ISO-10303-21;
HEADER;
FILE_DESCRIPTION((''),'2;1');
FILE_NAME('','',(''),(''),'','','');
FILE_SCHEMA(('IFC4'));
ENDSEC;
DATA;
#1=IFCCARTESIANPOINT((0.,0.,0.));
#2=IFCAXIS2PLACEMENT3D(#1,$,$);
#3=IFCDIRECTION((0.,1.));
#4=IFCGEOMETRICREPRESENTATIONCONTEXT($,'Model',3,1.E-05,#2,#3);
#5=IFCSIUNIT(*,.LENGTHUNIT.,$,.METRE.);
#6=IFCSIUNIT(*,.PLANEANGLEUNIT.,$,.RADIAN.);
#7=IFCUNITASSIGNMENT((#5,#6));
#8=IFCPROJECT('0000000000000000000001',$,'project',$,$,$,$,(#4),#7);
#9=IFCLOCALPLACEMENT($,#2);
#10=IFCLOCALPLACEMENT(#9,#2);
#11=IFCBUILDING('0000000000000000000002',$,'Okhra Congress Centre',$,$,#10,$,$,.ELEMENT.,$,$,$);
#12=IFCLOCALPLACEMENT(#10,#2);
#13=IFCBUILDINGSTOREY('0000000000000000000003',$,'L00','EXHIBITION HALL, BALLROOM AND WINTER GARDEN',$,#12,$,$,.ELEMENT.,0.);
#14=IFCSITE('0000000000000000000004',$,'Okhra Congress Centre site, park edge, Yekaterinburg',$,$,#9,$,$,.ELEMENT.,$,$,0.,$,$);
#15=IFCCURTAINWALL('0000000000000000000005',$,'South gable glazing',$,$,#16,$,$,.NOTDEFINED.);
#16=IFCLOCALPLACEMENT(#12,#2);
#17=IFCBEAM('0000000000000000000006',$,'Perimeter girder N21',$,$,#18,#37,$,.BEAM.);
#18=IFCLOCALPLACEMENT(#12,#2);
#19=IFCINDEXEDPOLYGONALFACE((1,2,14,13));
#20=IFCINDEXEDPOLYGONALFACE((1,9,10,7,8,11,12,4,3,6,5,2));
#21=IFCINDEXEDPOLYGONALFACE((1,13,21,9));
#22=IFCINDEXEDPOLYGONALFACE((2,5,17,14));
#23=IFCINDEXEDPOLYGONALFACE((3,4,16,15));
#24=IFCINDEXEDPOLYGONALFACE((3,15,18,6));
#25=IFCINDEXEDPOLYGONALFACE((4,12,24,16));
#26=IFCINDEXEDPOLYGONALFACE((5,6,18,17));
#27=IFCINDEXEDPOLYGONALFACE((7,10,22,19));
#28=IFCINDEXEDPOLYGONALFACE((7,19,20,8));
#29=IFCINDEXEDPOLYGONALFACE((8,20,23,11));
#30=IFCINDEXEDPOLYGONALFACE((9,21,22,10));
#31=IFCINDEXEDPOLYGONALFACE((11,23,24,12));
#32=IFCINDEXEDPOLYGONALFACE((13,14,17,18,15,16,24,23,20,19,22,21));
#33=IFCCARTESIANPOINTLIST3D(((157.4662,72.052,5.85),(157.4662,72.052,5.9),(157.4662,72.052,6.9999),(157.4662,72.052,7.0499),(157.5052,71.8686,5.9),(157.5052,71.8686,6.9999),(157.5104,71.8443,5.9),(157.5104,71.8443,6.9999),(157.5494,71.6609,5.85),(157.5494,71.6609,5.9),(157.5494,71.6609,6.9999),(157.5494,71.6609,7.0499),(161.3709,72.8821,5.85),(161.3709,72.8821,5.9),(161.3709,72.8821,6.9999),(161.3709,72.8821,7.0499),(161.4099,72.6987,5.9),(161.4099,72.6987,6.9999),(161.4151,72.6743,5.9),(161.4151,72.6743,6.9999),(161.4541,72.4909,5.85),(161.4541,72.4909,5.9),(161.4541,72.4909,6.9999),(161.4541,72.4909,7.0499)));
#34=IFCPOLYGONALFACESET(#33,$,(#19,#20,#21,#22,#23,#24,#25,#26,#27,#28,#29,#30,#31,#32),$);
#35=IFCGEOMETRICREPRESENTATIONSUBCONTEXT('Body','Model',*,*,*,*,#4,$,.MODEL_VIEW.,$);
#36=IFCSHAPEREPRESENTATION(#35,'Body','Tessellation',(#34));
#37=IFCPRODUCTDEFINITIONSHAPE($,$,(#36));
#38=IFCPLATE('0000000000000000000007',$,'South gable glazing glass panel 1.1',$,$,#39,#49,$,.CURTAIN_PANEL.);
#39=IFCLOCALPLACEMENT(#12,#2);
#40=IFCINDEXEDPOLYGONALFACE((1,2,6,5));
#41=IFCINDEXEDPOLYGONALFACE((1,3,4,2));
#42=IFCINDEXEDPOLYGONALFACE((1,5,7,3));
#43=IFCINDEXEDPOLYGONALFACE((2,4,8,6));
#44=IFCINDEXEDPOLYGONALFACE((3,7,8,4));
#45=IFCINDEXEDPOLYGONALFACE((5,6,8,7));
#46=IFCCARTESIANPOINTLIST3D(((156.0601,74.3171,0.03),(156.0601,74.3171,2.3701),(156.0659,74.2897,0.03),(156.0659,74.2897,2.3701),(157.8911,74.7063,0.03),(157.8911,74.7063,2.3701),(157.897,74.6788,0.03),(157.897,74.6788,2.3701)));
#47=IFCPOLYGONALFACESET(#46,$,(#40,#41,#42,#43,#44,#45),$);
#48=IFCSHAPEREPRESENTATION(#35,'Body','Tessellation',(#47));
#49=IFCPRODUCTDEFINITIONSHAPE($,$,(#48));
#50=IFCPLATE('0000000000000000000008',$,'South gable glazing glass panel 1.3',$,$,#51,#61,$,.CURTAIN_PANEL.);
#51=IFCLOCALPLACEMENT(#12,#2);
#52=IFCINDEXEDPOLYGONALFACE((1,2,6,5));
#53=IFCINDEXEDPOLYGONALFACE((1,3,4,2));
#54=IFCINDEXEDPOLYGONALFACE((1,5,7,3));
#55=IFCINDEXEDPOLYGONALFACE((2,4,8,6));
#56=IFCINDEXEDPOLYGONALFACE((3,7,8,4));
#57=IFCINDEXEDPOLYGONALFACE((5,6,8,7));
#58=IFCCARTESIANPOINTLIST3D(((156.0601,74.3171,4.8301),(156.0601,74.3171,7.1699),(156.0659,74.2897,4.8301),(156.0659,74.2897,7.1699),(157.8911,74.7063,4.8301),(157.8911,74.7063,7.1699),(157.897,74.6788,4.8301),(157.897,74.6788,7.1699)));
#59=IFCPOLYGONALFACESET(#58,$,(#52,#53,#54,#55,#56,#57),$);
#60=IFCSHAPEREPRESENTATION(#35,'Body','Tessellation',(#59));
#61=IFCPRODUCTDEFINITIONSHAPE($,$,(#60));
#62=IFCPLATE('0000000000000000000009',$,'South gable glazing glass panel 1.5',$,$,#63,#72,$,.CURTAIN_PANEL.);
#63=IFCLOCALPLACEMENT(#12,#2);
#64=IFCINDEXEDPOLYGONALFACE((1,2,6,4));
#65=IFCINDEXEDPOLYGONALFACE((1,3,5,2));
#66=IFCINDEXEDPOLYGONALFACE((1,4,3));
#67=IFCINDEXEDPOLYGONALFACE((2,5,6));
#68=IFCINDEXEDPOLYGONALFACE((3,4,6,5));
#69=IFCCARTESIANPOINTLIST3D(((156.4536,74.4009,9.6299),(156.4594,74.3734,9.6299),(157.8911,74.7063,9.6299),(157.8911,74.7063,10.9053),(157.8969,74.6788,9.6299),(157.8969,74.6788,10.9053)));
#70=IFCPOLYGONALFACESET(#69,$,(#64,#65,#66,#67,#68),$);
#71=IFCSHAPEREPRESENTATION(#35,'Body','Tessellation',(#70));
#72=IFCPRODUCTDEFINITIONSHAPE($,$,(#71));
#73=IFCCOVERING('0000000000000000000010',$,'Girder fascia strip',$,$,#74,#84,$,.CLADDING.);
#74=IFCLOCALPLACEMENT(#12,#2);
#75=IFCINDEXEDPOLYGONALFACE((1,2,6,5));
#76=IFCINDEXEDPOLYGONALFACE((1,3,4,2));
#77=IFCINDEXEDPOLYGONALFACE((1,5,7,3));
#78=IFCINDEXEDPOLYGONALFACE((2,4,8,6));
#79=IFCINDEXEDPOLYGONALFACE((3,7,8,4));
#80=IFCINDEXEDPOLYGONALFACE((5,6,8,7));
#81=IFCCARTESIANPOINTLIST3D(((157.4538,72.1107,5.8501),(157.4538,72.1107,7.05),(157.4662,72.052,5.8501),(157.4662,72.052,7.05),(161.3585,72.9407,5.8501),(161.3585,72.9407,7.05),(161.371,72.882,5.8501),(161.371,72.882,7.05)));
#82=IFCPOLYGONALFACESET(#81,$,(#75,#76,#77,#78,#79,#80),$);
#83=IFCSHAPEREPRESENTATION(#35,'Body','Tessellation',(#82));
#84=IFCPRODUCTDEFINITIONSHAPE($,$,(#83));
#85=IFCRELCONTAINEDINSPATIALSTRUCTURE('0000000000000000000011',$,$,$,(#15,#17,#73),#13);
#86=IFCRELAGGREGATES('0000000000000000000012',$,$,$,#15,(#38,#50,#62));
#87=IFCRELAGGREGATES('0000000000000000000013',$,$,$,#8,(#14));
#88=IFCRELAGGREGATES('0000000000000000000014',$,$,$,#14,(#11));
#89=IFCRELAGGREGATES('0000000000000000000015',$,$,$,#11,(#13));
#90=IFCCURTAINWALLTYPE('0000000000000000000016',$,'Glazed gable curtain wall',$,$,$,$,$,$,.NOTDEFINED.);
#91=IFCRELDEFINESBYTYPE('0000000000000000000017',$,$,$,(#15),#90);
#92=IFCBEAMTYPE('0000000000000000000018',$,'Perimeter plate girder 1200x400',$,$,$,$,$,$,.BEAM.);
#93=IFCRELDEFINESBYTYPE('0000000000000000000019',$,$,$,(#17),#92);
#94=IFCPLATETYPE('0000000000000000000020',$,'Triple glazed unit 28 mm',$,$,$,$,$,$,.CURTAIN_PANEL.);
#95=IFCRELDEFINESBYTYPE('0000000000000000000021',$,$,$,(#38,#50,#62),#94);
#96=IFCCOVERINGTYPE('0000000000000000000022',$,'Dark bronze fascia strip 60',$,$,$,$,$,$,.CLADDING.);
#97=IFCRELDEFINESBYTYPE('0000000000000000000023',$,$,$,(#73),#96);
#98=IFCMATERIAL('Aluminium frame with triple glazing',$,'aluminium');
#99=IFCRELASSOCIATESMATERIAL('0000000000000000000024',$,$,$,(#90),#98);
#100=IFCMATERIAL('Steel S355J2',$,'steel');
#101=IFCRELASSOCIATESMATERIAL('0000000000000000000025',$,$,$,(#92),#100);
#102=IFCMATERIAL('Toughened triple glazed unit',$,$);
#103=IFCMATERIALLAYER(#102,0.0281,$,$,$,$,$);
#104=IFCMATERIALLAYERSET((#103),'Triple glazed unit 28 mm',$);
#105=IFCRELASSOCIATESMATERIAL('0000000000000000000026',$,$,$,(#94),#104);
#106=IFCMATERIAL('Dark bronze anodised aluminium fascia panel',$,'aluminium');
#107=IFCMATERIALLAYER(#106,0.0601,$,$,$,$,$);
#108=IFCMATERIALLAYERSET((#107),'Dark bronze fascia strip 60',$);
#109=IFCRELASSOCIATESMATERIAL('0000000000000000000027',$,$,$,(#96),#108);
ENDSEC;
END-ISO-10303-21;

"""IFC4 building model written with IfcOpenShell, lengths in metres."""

from ifc_helpers import new_model, si_unit, direction, frame, origin, origin_2d, place, context, subcontext, project, spatial, polyline, rectangle, i_section, outline, extrude, material, layer, layer_set, material_profile, profile_set, type_object, element, aggregate, save


model = new_model("IFC4")

# Units and contexts
model_context = context("Model", 3, precision=1e-05, world=origin(), true_north=direction((0.0, 1.0)))
body_context = subcontext(model_context, "Body", "Model", "MODEL_VIEW")
ifc_project = project(units=[si_unit("LENGTHUNIT", "METRE"), si_unit("PLANEANGLEUNIT", "RADIAN")], contexts=[model_context])

# Site, building, storey
site_placement = place(None, origin())
site = spatial("IfcSite", under=ifc_project, at=site_placement, Name="Okhra Congress Centre site, park edge, Yekaterinburg", CompositionType="ELEMENT", RefElevation=0.0)
building_placement = place(site_placement, origin())
building = spatial("IfcBuilding", under=site, at=building_placement, Name="Okhra Congress Centre", CompositionType="ELEMENT")
storey_placement = place(building_placement, origin())
storey = spatial("IfcBuildingStorey", under=building, at=storey_placement, Name="L00", Description="EXHIBITION HALL, BALLROOM AND WINTER GARDEN", CompositionType="ELEMENT", Elevation=0.0)

# Curtain wall
ifc_material_1 = material(Name="Aluminium frame with triple glazing", Category="aluminium")
curtain_wall_type_1 = type_object("IfcCurtainWallType", Name="Glazed gable curtain wall", PredefinedType="NOTDEFINED", material=ifc_material_1)
curtain_wall_1_placement = place(storey_placement, origin())
curtain_wall_1 = element("IfcCurtainWall", 1, at=curtain_wall_1_placement, inside=storey, type_object=curtain_wall_type_1, Name="South gable glazing", PredefinedType="NOTDEFINED")

# Beam
ifc_material_2 = material(Name="Steel S355J2", Category="steel")
ifc_material_profile_1 = material_profile(ifc_material_2, i_section(OverallWidth=0.3999, OverallDepth=1.2, WebThickness=0.0249, FlangeThickness=0.05, at=origin_2d()), Name="Plate girder 1200x400")
ifc_profile_set_1 = profile_set([ifc_material_profile_1], Name="Steel S355J2")
beam_type = type_object("IfcBeamType", Name="Perimeter plate girder 1200x400", PredefinedType="BEAM", material=ifc_profile_set_1)
beam_placement = place(storey_placement, frame((157.5078, 71.8564, 6.45), z_axis=(0.978143, 0.207933, 0.0), x_axis=(-0.207933, 0.978143, 0.0)))
element("IfcBeam", 2, at=beam_placement, inside=storey, type_object=beam_type, Name="Perimeter girder N21", PredefinedType="BEAM", context=body_context, shape_type="SweptSolid", body=[
    extrude(i_section(OverallWidth=0.3999, OverallDepth=1.2, WebThickness=0.0249, FlangeThickness=0.05, at=origin_2d()), origin(), (0.0, 0.0, 1.0), 3.9919),
])

# Plates
ifc_material_3 = material(Name="Toughened triple glazed unit")
ifc_layer_1 = layer(ifc_material_3, 0.0281)
ifc_layer_set_1 = layer_set([ifc_layer_1], Name="Triple glazed unit 28 mm")
plate_type = type_object("IfcPlateType", Name="Triple glazed unit 28 mm", PredefinedType="CURTAIN_PANEL", material=ifc_layer_set_1)
plate_1_placement = place(storey_placement, frame((157.8911, 74.7063, 0.03), z_axis=(-0.20789, 0.978152, 0.0), x_axis=(-0.978152, -0.20789, 0.0)))
plate_1 = element("IfcPlate", 3, at=plate_1_placement, type_object=plate_type, Name="South gable glazing glass panel 1.1", PredefinedType="CURTAIN_PANEL", context=body_context, shape_type="SweptSolid", body=[
    extrude(outline(polyline([(0.0, 0.0), (1.872, 0.0), (1.872, 2.3401), (0.0, 2.3401), (0.0, 0.0)])), origin(), (0.0, 0.0, -1.0), 0.0281),
])
plate_2_placement = place(storey_placement, frame((157.8911, 74.7063, 4.8301), z_axis=(-0.20789, 0.978152, 0.0), x_axis=(-0.978152, -0.20789, 0.0)))
plate_2 = element("IfcPlate", 4, at=plate_2_placement, type_object=plate_type, Name="South gable glazing glass panel 1.3", PredefinedType="CURTAIN_PANEL", context=body_context, shape_type="SweptSolid", body=[
    extrude(outline(polyline([(0.0, 0.0), (1.872, 0.0), (1.872, 2.3398), (0.0, 2.3398), (0.0, 0.0)])), origin(), (0.0, 0.0, -1.0), 0.0281),
])
plate_3_placement = place(storey_placement, frame((157.8911, 74.7063, 9.6299), z_axis=(-0.207827, 0.978166, 0.0), x_axis=(-0.978166, -0.207827, 0.0)))
plate_3 = element("IfcPlate", 5, at=plate_3_placement, type_object=plate_type, Name="South gable glazing glass panel 1.5", PredefinedType="CURTAIN_PANEL", context=body_context, shape_type="SweptSolid", body=[
    extrude(outline(polyline([(0.0, 0.0), (1.4696, 0.0), (0.0, 1.2754), (0.0, 0.0)])), origin(), (0.0, 0.0, -1.0), 0.0281),
])
aggregate(curtain_wall_1, [plate_1, plate_2, plate_3])

# Covering
ifc_material_4 = material(Name="Dark bronze anodised aluminium fascia panel", Category="aluminium")
ifc_layer_2 = layer(ifc_material_4, 0.0601)
ifc_layer_set_2 = layer_set([ifc_layer_2], Name="Dark bronze fascia strip 60")
covering_type = type_object("IfcCoveringType", Name="Dark bronze fascia strip 60", PredefinedType="CLADDING", material=ifc_layer_set_2)
covering_placement = place(storey_placement, frame((159.4124, 72.4963, 5.8501), z_axis=(0.0, 0.0, 1.0), x_axis=(0.978148, 0.207912, 0.0)))
element("IfcCovering", 6, at=covering_placement, inside=storey, type_object=covering_type, Name="Girder fascia strip", PredefinedType="CLADDING", context=body_context, shape_type="SweptSolid", body=[
    extrude(rectangle(XDim=3.9919, YDim=0.0601, at=origin_2d()), origin(), (0.0, 0.0, 1.0), 1.2),
])

save(model, "model.ifc")
